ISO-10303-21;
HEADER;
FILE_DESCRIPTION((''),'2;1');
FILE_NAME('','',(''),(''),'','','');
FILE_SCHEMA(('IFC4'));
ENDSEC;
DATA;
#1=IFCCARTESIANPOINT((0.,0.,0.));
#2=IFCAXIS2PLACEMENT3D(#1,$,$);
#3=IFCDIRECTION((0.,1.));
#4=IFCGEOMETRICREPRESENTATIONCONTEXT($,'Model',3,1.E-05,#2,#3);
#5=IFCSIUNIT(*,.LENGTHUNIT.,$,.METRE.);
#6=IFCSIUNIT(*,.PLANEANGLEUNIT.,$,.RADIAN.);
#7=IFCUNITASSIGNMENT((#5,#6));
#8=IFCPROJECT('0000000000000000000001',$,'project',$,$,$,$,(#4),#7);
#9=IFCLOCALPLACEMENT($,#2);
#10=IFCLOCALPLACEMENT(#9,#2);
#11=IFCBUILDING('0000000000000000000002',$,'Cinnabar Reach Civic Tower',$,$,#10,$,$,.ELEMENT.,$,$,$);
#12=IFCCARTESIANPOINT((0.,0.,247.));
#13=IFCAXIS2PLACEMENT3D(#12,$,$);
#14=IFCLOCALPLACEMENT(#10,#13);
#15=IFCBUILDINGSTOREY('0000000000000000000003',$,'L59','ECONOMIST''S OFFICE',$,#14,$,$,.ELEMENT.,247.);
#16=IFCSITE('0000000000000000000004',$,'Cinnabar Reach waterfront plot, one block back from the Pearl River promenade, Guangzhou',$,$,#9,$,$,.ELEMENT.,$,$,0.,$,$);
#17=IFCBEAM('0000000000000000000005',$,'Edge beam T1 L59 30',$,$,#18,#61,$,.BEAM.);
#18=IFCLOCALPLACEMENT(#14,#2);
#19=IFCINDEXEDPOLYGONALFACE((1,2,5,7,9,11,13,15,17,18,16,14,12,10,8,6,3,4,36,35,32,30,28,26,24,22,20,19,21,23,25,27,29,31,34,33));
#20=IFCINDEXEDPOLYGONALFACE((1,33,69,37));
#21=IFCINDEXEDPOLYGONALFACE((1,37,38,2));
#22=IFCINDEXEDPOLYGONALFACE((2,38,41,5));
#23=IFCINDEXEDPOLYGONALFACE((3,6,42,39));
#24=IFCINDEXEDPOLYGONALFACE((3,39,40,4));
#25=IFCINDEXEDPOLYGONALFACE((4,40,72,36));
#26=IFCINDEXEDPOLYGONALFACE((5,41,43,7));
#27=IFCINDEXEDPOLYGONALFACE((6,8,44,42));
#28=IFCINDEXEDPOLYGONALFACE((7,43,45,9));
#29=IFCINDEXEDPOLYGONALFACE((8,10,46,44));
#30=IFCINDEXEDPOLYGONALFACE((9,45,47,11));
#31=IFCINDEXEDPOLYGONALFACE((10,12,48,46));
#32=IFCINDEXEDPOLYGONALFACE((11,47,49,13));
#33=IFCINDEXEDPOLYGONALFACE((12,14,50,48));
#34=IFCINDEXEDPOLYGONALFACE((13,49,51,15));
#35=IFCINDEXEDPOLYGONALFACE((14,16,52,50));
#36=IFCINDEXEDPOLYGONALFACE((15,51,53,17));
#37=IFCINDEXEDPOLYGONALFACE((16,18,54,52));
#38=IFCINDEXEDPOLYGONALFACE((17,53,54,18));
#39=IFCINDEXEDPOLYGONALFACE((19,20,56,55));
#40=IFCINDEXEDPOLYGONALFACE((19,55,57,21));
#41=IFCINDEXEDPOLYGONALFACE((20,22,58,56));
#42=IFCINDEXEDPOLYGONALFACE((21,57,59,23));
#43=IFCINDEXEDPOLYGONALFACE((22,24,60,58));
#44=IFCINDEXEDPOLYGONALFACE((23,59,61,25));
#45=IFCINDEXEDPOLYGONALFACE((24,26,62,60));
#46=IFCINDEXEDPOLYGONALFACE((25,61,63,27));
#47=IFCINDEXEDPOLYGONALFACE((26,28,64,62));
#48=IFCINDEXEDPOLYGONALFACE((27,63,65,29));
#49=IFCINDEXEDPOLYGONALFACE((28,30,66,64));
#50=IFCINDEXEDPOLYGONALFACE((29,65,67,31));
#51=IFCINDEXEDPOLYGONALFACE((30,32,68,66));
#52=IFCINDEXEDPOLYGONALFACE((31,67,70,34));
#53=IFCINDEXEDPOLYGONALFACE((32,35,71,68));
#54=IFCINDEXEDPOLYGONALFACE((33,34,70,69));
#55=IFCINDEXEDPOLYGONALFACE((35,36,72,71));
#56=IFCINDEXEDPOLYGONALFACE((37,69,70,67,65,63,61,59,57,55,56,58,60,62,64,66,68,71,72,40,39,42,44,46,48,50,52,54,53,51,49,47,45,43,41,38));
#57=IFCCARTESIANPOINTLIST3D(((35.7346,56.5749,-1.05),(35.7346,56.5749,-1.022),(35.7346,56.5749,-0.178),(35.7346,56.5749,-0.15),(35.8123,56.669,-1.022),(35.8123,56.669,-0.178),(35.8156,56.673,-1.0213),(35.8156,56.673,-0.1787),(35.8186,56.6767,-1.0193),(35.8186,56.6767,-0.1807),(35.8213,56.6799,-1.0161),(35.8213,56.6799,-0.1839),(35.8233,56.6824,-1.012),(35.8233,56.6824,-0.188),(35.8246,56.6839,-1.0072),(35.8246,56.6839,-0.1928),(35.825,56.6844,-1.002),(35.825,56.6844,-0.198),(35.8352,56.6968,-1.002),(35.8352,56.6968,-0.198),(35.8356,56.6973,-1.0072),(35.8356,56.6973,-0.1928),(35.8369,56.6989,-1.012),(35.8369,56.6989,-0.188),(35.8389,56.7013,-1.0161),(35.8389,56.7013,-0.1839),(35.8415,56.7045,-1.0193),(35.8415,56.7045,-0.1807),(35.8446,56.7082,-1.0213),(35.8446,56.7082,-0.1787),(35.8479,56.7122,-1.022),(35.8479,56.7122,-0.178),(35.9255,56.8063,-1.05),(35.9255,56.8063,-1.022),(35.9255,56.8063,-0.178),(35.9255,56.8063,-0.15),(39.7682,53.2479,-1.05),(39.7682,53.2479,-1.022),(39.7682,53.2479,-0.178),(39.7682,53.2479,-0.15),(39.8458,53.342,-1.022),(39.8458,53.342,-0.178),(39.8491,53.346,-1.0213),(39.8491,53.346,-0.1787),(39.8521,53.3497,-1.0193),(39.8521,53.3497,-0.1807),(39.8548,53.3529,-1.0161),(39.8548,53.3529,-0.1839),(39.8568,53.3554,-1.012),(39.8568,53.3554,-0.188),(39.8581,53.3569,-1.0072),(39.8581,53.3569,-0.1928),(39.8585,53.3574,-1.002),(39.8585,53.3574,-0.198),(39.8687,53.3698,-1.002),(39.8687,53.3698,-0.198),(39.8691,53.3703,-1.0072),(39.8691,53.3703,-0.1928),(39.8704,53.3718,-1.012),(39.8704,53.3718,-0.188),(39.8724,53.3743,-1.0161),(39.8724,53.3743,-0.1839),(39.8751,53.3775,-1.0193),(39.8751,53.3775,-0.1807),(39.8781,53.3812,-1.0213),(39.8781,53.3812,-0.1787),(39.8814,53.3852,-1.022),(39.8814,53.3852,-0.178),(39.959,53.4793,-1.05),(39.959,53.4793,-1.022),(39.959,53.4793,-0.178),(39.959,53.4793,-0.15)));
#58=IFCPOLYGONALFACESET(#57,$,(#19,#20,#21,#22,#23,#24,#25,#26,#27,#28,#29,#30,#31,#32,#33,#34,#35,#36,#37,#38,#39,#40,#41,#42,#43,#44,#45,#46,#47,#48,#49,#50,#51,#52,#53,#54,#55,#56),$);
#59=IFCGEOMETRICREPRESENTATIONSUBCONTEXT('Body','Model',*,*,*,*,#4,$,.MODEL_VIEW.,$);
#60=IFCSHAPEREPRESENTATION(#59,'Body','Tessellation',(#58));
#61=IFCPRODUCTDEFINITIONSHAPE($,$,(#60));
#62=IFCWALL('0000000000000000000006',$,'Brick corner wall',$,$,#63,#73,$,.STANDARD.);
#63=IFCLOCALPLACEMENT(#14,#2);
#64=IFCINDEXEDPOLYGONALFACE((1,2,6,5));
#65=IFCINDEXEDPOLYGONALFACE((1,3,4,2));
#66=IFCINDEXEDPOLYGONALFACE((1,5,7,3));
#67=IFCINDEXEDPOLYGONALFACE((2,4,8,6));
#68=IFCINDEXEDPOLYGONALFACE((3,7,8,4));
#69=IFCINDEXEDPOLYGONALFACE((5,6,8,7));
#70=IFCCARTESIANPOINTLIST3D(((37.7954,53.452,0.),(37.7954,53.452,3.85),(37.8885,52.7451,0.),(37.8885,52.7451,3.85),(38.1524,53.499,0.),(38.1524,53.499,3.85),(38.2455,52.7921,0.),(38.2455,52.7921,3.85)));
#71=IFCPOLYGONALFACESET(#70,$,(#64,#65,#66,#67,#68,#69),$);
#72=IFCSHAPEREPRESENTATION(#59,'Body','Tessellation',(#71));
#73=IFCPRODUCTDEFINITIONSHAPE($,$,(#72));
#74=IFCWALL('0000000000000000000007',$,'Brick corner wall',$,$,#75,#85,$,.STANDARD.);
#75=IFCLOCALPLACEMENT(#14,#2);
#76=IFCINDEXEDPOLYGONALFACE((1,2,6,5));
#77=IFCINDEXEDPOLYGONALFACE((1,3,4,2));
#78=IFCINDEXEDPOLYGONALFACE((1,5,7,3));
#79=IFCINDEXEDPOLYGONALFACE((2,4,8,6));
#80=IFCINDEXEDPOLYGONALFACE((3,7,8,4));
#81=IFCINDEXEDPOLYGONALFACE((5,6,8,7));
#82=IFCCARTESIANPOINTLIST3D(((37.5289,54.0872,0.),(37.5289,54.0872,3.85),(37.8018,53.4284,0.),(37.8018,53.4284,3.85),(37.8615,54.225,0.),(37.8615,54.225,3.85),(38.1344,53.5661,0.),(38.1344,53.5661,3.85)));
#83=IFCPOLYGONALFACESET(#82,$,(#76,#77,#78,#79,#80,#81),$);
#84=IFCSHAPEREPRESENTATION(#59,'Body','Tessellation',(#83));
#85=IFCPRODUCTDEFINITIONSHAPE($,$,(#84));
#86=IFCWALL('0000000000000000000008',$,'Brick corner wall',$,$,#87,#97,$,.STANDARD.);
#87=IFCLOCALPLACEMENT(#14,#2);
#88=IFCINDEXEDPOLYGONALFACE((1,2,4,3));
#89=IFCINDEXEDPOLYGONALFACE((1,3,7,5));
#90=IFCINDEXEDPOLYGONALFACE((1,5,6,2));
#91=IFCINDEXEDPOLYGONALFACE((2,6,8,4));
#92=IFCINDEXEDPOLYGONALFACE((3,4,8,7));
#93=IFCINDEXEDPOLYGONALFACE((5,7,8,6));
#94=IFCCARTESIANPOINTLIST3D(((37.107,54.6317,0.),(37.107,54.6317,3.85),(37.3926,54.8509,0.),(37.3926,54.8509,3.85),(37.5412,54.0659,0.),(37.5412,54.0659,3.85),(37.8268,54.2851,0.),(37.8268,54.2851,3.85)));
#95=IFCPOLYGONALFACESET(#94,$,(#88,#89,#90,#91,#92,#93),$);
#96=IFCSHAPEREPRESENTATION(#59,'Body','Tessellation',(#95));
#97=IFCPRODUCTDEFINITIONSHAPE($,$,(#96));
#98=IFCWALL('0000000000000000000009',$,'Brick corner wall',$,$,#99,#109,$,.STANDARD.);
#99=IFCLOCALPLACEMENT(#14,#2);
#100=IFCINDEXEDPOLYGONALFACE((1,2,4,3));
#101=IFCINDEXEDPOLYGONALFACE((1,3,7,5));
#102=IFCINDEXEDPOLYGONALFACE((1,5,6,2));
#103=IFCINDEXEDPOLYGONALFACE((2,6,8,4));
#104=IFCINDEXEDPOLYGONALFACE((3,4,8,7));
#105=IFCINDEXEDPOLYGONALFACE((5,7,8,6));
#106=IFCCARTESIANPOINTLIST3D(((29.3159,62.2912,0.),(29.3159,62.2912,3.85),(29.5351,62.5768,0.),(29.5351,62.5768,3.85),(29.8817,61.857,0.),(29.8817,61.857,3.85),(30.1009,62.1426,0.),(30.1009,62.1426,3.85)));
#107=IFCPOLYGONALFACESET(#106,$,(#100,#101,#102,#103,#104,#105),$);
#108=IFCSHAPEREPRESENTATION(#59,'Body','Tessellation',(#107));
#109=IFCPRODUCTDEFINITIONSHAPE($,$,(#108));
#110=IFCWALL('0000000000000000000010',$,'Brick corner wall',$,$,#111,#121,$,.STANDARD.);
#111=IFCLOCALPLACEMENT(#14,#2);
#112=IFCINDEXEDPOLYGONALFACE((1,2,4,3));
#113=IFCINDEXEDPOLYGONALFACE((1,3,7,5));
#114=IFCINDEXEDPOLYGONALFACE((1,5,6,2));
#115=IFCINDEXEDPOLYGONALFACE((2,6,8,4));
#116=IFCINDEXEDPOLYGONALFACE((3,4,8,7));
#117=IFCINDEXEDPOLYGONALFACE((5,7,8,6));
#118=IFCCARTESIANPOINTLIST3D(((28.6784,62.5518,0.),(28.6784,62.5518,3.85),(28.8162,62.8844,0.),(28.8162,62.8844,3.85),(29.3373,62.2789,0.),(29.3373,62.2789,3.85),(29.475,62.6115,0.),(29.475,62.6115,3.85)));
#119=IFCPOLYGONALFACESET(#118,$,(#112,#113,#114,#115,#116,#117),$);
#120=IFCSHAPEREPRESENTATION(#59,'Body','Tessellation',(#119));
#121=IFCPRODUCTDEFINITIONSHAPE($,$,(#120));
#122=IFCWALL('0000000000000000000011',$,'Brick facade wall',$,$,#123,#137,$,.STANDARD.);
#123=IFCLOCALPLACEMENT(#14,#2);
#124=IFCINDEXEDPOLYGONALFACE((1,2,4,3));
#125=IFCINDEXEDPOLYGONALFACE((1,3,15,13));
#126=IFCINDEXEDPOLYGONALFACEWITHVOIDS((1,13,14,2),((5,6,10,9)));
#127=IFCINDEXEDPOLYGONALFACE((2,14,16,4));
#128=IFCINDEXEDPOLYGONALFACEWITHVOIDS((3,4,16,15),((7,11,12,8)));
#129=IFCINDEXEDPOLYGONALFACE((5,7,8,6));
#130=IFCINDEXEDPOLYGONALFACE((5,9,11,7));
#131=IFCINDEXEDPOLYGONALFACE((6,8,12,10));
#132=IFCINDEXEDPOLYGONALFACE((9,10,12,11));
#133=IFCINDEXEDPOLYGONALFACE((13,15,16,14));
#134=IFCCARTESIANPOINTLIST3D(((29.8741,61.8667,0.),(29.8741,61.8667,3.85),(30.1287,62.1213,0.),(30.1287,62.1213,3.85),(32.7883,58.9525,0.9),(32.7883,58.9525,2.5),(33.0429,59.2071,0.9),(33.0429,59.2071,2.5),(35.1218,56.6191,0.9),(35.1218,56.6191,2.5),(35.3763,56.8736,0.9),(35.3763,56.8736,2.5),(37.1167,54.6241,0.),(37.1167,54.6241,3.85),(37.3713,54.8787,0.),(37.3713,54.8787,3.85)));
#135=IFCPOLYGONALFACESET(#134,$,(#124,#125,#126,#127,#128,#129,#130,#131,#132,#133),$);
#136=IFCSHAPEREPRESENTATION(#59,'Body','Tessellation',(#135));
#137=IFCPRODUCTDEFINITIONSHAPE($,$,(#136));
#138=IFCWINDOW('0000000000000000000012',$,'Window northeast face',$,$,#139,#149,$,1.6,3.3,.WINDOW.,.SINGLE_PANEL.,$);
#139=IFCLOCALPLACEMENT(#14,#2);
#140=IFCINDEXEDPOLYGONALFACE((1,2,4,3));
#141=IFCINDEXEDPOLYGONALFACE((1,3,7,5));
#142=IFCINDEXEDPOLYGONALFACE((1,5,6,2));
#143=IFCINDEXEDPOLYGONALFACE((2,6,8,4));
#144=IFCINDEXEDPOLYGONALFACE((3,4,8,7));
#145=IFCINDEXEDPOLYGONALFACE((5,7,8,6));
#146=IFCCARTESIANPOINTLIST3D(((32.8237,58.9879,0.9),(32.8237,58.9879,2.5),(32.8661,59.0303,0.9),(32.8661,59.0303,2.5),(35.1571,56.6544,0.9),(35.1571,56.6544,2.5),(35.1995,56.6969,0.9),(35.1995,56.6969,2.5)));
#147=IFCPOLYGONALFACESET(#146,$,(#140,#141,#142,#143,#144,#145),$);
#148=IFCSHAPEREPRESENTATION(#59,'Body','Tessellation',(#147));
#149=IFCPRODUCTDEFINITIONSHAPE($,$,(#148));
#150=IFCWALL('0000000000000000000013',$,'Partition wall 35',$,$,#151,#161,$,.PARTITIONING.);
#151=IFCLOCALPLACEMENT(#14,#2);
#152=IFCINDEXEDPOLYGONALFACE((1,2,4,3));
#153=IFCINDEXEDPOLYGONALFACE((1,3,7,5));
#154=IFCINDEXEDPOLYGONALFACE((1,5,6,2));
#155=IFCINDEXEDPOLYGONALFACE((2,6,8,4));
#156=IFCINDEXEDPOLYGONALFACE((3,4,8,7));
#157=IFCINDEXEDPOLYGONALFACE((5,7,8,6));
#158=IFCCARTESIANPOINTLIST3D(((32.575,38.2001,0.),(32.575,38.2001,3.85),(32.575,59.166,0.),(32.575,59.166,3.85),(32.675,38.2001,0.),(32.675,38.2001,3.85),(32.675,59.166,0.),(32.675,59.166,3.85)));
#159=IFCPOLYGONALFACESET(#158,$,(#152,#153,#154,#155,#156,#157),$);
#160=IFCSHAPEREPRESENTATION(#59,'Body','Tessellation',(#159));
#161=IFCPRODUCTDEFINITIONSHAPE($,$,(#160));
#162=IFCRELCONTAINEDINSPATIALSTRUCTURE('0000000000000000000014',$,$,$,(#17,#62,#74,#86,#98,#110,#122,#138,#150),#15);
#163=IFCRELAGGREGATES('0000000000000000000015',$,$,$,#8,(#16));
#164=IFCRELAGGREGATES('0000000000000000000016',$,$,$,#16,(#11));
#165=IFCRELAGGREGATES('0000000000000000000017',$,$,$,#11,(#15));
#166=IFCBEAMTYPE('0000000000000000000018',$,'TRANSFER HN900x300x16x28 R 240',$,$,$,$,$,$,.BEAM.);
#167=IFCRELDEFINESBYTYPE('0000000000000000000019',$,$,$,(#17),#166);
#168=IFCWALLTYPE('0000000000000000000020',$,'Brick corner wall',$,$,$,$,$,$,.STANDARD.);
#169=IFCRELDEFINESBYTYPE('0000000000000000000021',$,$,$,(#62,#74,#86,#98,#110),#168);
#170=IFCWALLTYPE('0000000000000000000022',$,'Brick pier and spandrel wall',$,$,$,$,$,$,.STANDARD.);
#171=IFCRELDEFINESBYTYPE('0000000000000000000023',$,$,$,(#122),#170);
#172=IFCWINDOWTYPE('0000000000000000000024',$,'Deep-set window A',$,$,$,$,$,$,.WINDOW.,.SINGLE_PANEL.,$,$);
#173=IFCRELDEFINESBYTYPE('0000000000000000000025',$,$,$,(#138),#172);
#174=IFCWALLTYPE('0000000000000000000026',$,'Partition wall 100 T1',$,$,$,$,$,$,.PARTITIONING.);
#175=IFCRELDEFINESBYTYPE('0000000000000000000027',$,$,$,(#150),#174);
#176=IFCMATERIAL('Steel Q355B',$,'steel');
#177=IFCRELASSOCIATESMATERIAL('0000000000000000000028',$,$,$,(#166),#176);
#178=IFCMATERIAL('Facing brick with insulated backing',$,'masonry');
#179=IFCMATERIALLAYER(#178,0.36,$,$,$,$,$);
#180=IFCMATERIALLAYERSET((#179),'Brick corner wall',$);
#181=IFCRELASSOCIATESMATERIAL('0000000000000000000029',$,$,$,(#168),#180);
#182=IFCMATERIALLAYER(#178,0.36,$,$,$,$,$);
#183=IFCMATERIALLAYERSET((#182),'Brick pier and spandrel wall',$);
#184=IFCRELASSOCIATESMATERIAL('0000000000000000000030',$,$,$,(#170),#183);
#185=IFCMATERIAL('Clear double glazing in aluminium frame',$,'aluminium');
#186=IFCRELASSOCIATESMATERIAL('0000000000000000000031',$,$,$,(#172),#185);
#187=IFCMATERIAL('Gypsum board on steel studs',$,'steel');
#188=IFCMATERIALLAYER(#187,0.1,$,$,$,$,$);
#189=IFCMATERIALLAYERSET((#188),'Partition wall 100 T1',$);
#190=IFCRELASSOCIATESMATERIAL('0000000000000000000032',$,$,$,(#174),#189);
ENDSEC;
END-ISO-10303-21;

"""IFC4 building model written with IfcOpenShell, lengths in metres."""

from ifc_helpers import new_model, si_unit, direction, frame, frame_2d, origin, origin_2d, place, context, subcontext, project, spatial, rectangle, i_section, extrude, material, layer, layer_set, material_profile, profile_set, type_object, element, fill, save


model = new_model("IFC4")

# Units and contexts
model_context = context("Model", 3, precision=1e-05, world=origin(), true_north=direction((0.0, 1.0)))
body_context = subcontext(model_context, "Body", "Model", "MODEL_VIEW")
ifc_project = project(units=[si_unit("LENGTHUNIT", "METRE"), si_unit("PLANEANGLEUNIT", "RADIAN")], contexts=[model_context])

# Site, building, storey
site_placement = place(None, origin())
site = spatial("IfcSite", under=ifc_project, at=site_placement, Name="Cinnabar Reach waterfront plot, one block back from the Pearl River promenade, Guangzhou", CompositionType="ELEMENT", RefElevation=0.0)
building_placement = place(site_placement, origin())
building = spatial("IfcBuilding", under=site, at=building_placement, Name="Cinnabar Reach Civic Tower", CompositionType="ELEMENT")
storey_placement = place(building_placement, frame((0.0, 0.0, 247.0)))
storey = spatial("IfcBuildingStorey", under=building, at=storey_placement, Name="L59", Description="ECONOMIST'S OFFICE", CompositionType="ELEMENT", Elevation=247.0)

# Beam
ifc_material_1 = material(Name="Steel Q355B", Category="steel")
ifc_material_profile_1 = material_profile(ifc_material_1, i_section(OverallWidth=0.3, OverallDepth=0.9, WebThickness=0.016, FlangeThickness=0.028, FilletRadius=0.02, at=origin_2d()), Name="HN900x300x16x28")
ifc_profile_set_1 = profile_set([ifc_material_profile_1], Name="Steel Q355B")
beam_type_1 = type_object("IfcBeamType", Name="TRANSFER HN900x300x16x28 R 240", PredefinedType="BEAM", material=ifc_profile_set_1)
beam_1_placement = place(storey_placement, frame((39.8636, 53.3636, -0.6), z_axis=(-0.771433, 0.63631, 0.0), x_axis=(-0.63631, -0.771433, 0.0)))
element("IfcBeam", 1, at=beam_1_placement, inside=storey, type_object=beam_type_1, Name="Edge beam T1 L59 30", PredefinedType="BEAM", context=body_context, shape_type="SweptSolid", body=[
    extrude(i_section(OverallWidth=0.3, OverallDepth=0.9, WebThickness=0.016, FlangeThickness=0.028, FilletRadius=0.02, at=origin_2d()), origin(), (0.0, 0.0, 1.0), 5.2286),
])

# Walls
ifc_material_2 = material(Name="Facing brick with insulated backing", Category="masonry")
ifc_layer_1 = layer(ifc_material_2, 0.36)
ifc_layer_set_1 = layer_set([ifc_layer_1], Name="Brick corner wall")
wall_type_1 = type_object("IfcWallType", Name="Brick corner wall", PredefinedType="STANDARD", material=ifc_layer_set_1)
for number, where, z_axis, x_axis, name in (
    (2, (38.067, 52.7686, 0.0), (0.0, 0.0, 1.0), (-0.130556, 0.991441, 0.0), "Brick corner wall"),
    (3, (37.9681, 53.4973, 0.0), (0.0, 0.0, 1.0), (-0.382703, 0.923872, 0.0), "Brick corner wall"),
):
    element("IfcWall", number, at=place(storey_placement, frame(where, z_axis=z_axis, x_axis=x_axis)), inside=storey, type_object=wall_type_1, Name=name, PredefinedType="STANDARD", context=body_context, shape_type="SweptSolid", body=[
        extrude(rectangle(XDim=0.7131, YDim=0.36, at=frame_2d((0.3565, 0.0))), origin(), (0.0, 0.0, 1.0), 3.85),
    ])
for number, where, z_axis, x_axis, name in (
    (4, (37.684, 54.1755, 0.0), (0.0, 0.0, 1.0), (-0.608802, 0.793322, 0.0), "Brick corner wall"),
    (5, (29.9913, 61.9998, 0.0), (0.0, 0.0, 1.0), (-0.793322, 0.608802, 0.0), "Brick corner wall"),
):
    element("IfcWall", number, at=place(storey_placement, frame(where, z_axis=z_axis, x_axis=x_axis)), inside=storey, type_object=wall_type_1, Name=name, PredefinedType="STANDARD", context=body_context, shape_type="SweptSolid", body=[
        extrude(rectangle(XDim=0.7132, YDim=0.36, at=frame_2d((0.3566, 0.0))), origin(), (0.0, 0.0, 1.0), 3.85),
    ])
wall_1_placement = place(storey_placement, frame((29.4061, 62.4452, 0.0), z_axis=(0.0, 0.0, 1.0), x_axis=(-0.923872, 0.382703, 0.0)))
element("IfcWall", 6, at=wall_1_placement, inside=storey, type_object=wall_type_1, Name="Brick corner wall", PredefinedType="STANDARD", context=body_context, shape_type="SweptSolid", body=[
    extrude(rectangle(XDim=0.7131, YDim=0.36, at=frame_2d((0.3565, 0.0))), origin(), (0.0, 0.0, 1.0), 3.85),
])

# Wall, opening, window
ifc_layer_2 = layer(ifc_material_2, 0.36)
ifc_layer_set_2 = layer_set([ifc_layer_2], Name="Brick pier and spandrel wall")
wall_type_2 = type_object("IfcWallType", Name="Brick pier and spandrel wall", PredefinedType="STANDARD", material=ifc_layer_set_2)
wall_2_placement = place(storey_placement, frame((37.244, 54.7514, 0.0), z_axis=(0.0, 0.0, 1.0), x_axis=(-0.707107, 0.707107, 0.0)))
wall_2 = element("IfcWall", 7, at=wall_2_placement, inside=storey, type_object=wall_type_2, Name="Brick facade wall", PredefinedType="STANDARD", context=body_context, shape_type="SweptSolid", body=[
    extrude(rectangle(XDim=10.2426, YDim=0.36, at=frame_2d((5.1213, 0.0))), origin(), (0.0, 0.0, 1.0), 3.85),
])
opening_1_placement = place(wall_2_placement, frame((2.8213, 0.0, 0.9)))
opening_1 = element("IfcOpeningElement", 8, at=opening_1_placement, cuts=wall_2, PredefinedType="OPENING", context=body_context, shape_type="SweptSolid", body=[
    extrude(rectangle(XDim=3.3, YDim=1.6, at=frame_2d((1.65, 0.8))), frame((0.0, 0.19, 0.0), z_axis=(0.0, -1.0, 0.0), x_axis=(1.0, 0.0, 0.0)), (0.0, 0.0, 1.0), 0.38),
])
ifc_material_3 = material(Name="Clear double glazing in aluminium frame", Category="aluminium")
window_type = type_object("IfcWindowType", Name="Deep-set window A", PartitioningType="SINGLE_PANEL", PredefinedType="WINDOW", material=ifc_material_3)
window_placement = place(opening_1_placement, origin())
window = element("IfcWindow", 9, at=window_placement, inside=storey, type_object=window_type, Name="Window northeast face", OverallHeight=1.6, OverallWidth=3.3, PartitioningType="SINGLE_PANEL", PredefinedType="WINDOW", context=body_context, shape_type="SweptSolid", body=[
    extrude(rectangle(XDim=3.3, YDim=1.6, at=frame_2d((1.65, 0.8))), frame((0.0, 0.13, 0.0), z_axis=(0.0, -1.0, 0.0), x_axis=(1.0, 0.0, 0.0)), (0.0, 0.0, 1.0), 0.06),
])
fill(opening_1, window)

# Wall
ifc_material_4 = material(Name="Gypsum board on steel studs", Category="steel")
ifc_layer_3 = layer(ifc_material_4, 0.1)
ifc_layer_set_3 = layer_set([ifc_layer_3], Name="Partition wall 100 T1")
wall_type_3 = type_object("IfcWallType", Name="Partition wall 100 T1", PredefinedType="PARTITIONING", material=ifc_layer_set_3)
wall_3_placement = place(storey_placement, frame((32.625, 38.2, 0.0), z_axis=(0.0, 0.0, 1.0), x_axis=(0.0, 1.0, 0.0)))
element("IfcWall", 10, at=wall_3_placement, inside=storey, type_object=wall_type_3, Name="Partition wall 35", PredefinedType="PARTITIONING", context=body_context, shape_type="SweptSolid", body=[
    extrude(rectangle(XDim=20.9659, YDim=0.1, at=frame_2d((10.483, 0.0))), origin(), (0.0, 0.0, 1.0), 3.85),
])

save(model, "model.ifc")
